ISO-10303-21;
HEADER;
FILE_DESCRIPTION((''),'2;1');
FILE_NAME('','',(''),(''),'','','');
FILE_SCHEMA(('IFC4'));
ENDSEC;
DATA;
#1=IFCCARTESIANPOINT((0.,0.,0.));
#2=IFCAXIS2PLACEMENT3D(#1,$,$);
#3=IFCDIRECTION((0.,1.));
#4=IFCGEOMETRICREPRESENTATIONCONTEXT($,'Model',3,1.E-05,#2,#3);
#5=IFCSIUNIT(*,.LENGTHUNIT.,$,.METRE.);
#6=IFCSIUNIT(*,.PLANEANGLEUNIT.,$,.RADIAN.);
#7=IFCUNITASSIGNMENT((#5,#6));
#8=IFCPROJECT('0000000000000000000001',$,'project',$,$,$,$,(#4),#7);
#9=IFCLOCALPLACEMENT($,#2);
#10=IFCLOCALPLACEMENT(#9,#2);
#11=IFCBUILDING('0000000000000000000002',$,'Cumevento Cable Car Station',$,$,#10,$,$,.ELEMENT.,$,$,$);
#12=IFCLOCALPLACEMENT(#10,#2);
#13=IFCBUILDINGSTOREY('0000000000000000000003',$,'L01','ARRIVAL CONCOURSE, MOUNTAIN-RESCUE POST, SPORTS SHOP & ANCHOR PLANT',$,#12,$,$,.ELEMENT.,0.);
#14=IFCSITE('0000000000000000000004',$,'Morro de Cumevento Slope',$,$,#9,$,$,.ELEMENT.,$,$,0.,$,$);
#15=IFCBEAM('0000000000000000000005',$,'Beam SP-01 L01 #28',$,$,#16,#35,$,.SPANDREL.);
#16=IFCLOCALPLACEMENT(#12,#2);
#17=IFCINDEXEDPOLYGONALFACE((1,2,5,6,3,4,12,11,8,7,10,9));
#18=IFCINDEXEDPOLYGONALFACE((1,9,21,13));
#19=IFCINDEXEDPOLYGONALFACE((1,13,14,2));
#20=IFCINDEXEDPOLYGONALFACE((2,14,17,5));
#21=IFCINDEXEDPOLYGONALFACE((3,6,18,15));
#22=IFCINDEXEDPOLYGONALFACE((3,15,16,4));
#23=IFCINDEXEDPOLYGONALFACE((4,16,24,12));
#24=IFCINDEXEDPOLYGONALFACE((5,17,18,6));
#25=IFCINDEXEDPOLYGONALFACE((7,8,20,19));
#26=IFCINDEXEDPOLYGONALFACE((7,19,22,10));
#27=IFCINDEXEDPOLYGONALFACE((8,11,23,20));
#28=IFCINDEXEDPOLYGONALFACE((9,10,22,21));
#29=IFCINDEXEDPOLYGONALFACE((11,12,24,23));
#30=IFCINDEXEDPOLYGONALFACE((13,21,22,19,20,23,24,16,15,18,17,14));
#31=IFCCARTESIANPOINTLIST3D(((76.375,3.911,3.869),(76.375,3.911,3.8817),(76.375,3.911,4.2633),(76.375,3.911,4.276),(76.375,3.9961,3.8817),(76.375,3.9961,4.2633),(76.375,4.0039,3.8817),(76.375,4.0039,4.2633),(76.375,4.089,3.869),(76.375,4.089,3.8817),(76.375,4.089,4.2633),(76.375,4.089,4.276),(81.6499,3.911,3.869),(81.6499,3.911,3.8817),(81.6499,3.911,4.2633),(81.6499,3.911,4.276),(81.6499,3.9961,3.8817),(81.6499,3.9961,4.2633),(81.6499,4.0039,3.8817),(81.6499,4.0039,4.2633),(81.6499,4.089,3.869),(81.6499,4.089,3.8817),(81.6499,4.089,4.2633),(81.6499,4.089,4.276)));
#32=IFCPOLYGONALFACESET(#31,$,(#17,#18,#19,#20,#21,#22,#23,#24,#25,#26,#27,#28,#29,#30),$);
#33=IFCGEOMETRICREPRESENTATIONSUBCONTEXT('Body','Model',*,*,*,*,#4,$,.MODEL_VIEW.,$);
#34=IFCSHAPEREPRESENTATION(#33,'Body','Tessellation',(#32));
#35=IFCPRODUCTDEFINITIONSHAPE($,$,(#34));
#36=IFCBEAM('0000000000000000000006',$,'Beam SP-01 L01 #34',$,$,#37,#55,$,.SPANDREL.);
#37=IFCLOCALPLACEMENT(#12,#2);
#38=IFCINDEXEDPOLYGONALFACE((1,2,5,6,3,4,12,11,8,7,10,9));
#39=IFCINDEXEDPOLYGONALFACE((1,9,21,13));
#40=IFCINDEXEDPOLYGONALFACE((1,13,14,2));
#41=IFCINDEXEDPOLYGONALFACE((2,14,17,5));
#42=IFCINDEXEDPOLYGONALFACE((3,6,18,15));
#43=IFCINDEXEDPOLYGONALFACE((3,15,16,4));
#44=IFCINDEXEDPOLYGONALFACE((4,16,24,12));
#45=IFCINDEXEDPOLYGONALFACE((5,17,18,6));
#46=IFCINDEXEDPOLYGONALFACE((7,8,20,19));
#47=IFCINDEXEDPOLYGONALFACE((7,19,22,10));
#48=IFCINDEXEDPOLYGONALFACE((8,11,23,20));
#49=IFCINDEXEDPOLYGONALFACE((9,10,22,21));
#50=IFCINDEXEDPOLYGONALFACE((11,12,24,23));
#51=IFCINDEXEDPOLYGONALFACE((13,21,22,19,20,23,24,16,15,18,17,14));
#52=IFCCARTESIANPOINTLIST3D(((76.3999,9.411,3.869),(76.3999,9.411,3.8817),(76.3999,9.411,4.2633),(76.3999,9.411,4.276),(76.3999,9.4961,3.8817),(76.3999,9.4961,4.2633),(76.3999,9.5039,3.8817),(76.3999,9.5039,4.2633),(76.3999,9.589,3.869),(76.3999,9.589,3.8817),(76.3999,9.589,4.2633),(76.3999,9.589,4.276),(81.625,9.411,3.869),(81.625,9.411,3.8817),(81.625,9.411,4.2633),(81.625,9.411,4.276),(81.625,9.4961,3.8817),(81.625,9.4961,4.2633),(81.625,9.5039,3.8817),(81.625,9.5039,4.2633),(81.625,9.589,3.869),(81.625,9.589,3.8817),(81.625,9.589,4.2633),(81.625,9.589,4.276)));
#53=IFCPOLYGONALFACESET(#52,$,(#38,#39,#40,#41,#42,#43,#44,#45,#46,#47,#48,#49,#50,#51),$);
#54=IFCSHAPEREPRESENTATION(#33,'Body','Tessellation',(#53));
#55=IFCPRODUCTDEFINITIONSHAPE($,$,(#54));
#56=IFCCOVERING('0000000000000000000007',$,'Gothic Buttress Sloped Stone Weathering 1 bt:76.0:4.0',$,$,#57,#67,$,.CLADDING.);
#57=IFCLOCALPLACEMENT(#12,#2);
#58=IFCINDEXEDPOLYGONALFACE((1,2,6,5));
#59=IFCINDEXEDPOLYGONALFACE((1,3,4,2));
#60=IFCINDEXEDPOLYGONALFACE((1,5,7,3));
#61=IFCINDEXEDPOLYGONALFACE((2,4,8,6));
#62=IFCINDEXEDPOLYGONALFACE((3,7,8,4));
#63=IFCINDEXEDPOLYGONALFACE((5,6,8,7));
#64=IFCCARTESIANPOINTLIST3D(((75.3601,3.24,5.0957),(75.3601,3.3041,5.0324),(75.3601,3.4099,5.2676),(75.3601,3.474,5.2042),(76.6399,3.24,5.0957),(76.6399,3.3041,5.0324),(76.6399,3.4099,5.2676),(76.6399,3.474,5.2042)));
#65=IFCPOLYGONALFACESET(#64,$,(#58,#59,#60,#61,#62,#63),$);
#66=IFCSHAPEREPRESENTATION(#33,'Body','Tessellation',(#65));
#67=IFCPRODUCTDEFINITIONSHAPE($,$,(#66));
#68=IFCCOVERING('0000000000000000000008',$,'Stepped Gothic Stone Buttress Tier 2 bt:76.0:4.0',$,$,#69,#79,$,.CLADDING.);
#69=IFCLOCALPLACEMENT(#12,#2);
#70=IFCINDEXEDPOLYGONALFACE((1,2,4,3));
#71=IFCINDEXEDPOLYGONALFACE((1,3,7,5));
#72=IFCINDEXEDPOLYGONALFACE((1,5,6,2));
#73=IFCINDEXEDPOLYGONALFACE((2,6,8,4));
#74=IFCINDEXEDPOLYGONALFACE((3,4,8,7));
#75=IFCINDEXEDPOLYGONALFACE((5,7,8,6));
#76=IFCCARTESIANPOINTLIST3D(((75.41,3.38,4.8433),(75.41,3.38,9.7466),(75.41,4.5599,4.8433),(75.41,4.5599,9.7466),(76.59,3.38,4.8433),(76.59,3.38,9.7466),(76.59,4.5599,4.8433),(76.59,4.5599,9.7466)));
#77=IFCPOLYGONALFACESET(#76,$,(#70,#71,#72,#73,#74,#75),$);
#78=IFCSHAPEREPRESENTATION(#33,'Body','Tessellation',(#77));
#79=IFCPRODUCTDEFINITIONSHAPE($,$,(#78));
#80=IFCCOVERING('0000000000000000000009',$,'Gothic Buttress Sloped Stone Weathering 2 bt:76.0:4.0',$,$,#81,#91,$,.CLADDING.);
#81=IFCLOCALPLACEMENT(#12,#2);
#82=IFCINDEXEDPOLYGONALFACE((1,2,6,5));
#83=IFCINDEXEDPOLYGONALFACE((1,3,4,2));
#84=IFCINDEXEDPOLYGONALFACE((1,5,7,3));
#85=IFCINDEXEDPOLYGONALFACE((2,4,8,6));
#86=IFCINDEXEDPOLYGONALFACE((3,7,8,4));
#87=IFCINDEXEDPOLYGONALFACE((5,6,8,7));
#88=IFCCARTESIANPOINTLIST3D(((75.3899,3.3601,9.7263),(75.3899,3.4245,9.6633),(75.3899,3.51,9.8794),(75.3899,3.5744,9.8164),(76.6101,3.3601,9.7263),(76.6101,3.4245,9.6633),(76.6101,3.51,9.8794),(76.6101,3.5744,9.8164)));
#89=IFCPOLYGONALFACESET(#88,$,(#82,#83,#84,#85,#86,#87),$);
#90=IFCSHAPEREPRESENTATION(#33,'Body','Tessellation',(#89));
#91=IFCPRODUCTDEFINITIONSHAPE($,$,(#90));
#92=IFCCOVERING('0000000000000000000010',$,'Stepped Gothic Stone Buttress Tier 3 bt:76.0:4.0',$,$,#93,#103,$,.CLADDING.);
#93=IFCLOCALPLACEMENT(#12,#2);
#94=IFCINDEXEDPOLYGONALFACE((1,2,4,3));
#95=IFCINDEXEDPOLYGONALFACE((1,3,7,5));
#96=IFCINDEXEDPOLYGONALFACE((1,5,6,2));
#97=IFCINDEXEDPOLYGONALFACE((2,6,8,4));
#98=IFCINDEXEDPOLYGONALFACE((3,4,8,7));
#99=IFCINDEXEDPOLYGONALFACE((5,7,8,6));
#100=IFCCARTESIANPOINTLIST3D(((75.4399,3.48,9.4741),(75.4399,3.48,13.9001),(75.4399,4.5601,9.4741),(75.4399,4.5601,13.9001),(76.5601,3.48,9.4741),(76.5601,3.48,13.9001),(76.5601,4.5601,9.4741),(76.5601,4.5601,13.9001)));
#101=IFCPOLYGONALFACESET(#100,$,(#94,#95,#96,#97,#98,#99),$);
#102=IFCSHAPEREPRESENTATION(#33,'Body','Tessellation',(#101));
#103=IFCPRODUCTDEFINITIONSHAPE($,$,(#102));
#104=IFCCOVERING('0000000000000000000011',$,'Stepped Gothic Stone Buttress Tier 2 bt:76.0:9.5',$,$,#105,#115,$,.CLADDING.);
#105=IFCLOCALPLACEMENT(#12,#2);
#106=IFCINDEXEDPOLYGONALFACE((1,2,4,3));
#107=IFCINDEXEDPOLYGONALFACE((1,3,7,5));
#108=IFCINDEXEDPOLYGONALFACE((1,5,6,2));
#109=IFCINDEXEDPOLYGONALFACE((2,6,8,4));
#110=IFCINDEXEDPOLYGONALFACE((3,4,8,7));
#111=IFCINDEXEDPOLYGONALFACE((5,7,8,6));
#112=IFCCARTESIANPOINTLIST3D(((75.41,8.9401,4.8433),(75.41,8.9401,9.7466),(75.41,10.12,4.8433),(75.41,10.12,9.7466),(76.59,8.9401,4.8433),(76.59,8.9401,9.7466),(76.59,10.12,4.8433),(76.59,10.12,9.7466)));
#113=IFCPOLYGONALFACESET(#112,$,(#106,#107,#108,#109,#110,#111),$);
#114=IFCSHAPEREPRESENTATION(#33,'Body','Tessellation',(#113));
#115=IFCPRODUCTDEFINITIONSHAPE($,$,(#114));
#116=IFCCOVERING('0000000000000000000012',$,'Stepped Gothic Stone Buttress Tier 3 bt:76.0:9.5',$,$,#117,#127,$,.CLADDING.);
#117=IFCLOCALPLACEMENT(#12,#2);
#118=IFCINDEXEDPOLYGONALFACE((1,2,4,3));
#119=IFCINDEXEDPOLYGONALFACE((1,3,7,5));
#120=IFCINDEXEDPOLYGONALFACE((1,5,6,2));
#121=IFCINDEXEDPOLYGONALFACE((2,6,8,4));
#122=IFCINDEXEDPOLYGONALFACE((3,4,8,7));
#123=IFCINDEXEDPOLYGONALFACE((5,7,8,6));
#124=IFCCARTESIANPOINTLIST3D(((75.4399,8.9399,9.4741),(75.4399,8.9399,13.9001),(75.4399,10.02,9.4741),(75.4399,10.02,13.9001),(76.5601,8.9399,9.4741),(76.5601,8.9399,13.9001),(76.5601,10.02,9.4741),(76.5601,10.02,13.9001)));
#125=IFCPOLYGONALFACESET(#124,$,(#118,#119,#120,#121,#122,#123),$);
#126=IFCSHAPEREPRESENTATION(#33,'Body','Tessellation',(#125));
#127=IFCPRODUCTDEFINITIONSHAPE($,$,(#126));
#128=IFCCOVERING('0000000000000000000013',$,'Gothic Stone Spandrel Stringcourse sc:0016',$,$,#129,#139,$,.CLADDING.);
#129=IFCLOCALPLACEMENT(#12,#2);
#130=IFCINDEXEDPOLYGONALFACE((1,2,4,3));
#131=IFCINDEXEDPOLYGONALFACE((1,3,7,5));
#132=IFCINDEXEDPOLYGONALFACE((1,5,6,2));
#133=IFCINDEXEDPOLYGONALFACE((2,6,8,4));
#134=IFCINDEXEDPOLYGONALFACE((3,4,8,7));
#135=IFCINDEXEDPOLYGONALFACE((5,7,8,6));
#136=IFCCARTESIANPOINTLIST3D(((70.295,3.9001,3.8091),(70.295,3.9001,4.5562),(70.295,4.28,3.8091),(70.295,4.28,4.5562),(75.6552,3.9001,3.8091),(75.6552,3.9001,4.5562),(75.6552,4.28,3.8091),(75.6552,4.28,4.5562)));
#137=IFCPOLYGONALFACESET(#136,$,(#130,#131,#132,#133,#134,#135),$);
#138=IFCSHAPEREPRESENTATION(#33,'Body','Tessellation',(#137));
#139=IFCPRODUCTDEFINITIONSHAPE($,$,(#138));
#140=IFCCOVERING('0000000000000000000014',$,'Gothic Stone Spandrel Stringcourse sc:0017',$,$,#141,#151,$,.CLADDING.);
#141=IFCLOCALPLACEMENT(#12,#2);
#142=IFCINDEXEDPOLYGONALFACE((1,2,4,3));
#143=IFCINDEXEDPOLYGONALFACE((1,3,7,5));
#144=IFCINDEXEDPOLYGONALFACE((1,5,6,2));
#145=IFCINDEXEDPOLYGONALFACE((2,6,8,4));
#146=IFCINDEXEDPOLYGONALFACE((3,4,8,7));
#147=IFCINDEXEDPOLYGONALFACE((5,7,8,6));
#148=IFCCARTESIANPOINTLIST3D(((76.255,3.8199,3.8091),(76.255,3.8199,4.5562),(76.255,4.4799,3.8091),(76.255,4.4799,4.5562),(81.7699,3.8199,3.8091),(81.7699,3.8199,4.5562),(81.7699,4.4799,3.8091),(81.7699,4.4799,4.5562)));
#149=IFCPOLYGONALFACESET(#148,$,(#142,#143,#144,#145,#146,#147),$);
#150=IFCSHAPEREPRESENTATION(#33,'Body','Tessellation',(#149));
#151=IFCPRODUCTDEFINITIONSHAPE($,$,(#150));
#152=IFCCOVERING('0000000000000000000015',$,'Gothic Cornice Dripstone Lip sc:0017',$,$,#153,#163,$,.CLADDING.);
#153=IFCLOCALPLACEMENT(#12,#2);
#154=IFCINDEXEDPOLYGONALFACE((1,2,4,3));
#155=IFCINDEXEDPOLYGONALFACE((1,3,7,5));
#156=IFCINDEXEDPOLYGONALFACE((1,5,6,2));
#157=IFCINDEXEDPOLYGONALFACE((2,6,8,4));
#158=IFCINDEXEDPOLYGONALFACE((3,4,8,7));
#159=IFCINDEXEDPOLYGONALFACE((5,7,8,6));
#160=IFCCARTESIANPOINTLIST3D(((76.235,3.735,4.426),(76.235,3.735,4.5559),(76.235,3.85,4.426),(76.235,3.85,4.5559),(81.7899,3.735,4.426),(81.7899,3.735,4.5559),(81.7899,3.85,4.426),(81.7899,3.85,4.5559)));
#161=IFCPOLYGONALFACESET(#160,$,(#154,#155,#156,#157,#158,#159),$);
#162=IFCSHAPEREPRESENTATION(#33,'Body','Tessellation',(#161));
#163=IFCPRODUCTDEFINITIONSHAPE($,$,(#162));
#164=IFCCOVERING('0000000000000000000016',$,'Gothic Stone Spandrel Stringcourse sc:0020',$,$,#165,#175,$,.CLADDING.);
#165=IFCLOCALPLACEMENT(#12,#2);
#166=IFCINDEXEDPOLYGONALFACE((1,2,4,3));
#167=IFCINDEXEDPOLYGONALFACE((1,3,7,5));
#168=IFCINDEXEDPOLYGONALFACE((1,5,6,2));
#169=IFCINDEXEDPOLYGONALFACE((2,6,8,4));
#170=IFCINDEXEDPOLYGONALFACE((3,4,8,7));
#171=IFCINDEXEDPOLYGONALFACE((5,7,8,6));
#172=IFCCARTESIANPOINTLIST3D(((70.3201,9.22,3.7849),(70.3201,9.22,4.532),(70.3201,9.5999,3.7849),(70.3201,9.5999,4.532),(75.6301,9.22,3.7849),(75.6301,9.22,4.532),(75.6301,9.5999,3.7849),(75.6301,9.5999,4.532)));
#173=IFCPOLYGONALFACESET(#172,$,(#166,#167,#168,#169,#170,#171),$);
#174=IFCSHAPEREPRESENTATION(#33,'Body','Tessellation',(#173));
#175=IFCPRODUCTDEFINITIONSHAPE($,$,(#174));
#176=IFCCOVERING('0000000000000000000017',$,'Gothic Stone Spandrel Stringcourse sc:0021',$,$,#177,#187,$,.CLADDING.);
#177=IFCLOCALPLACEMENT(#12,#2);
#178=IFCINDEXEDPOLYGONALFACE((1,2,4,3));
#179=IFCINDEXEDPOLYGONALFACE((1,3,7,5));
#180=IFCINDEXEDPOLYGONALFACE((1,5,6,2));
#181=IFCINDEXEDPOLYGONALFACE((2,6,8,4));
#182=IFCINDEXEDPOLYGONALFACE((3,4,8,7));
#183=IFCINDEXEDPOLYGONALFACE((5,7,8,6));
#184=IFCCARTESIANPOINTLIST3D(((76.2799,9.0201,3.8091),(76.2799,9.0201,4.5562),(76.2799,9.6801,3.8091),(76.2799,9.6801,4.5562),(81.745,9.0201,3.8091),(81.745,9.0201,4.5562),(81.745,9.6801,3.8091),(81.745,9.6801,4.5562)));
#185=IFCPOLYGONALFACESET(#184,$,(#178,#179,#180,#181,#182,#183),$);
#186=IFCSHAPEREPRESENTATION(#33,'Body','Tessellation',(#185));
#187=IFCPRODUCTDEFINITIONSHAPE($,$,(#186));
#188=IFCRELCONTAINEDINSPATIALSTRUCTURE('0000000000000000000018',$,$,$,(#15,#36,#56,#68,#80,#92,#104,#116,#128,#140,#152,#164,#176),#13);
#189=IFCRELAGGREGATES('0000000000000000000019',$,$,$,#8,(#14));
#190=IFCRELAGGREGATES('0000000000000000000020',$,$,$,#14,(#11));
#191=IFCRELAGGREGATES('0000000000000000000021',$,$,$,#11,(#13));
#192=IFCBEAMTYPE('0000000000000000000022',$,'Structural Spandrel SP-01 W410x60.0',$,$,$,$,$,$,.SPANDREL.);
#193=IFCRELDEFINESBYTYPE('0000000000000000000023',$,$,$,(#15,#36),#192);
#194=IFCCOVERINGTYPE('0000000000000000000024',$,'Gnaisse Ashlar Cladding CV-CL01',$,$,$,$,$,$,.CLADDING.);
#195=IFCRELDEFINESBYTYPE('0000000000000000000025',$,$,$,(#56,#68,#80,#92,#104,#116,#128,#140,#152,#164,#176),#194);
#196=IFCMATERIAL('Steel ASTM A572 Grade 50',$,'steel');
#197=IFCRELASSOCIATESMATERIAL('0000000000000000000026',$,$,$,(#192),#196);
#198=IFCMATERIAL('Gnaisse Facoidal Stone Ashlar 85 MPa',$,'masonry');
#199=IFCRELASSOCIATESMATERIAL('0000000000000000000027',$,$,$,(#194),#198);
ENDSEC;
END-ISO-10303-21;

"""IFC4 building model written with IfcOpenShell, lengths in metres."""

from ifc_helpers import new_model, si_unit, direction, frame, origin, origin_2d, place, context, subcontext, project, spatial, polyline, rectangle, i_section, outline, extrude, material, material_profile, profile_set, type_object, element, save


model = new_model("IFC4")

# Units and contexts
model_context = context("Model", 3, precision=1e-05, world=origin(), true_north=direction((0.0, 1.0)))
body_context = subcontext(model_context, "Body", "Model", "MODEL_VIEW")
ifc_project = project(units=[si_unit("LENGTHUNIT", "METRE"), si_unit("PLANEANGLEUNIT", "RADIAN")], contexts=[model_context])

# Site, building, storey
site_placement = place(None, origin())
site = spatial("IfcSite", under=ifc_project, at=site_placement, Name="Morro de Cumevento Slope", CompositionType="ELEMENT", RefElevation=0.0)
building_placement = place(site_placement, origin())
building = spatial("IfcBuilding", under=site, at=building_placement, Name="Cumevento Cable Car Station", CompositionType="ELEMENT")
storey_placement = place(building_placement, origin())
storey = spatial("IfcBuildingStorey", under=building, at=storey_placement, Name="L01", Description="ARRIVAL CONCOURSE, MOUNTAIN-RESCUE POST, SPORTS SHOP & ANCHOR PLANT", CompositionType="ELEMENT", Elevation=0.0)

# Beams
ifc_material_1 = material(Name="Steel ASTM A572 Grade 50", Category="steel")
ifc_material_profile_1 = material_profile(ifc_material_1, i_section(OverallWidth=0.178, OverallDepth=0.407, WebThickness=0.0078, FlangeThickness=0.0127, at=origin_2d()), Name="W410x60.0")
ifc_profile_set_1 = profile_set([ifc_material_profile_1], Name="Steel ASTM A572 Grade 50")
beam_type_1 = type_object("IfcBeamType", Name="Structural Spandrel SP-01 W410x60.0", PredefinedType="SPANDREL", material=ifc_profile_set_1)
beam_1_placement = place(storey_placement, frame((76.375, 4.0, 4.0725), z_axis=(1.0, 0.0, 0.0), x_axis=(0.0, 1.0, 0.0)))
element("IfcBeam", 1, at=beam_1_placement, inside=storey, type_object=beam_type_1, Name="Beam SP-01 L01 #28", PredefinedType="SPANDREL", context=body_context, shape_type="SweptSolid", body=[
    extrude(i_section(OverallWidth=0.178, OverallDepth=0.407, WebThickness=0.0078, FlangeThickness=0.0127, at=origin_2d()), origin(), (0.0, 0.0, 1.0), 5.2749),
])
beam_2_placement = place(storey_placement, frame((76.3999, 9.5, 4.0725), z_axis=(1.0, 0.0, 0.0), x_axis=(0.0, 1.0, 0.0)))
element("IfcBeam", 2, at=beam_2_placement, inside=storey, type_object=beam_type_1, Name="Beam SP-01 L01 #34", PredefinedType="SPANDREL", context=body_context, shape_type="SweptSolid", body=[
    extrude(i_section(OverallWidth=0.178, OverallDepth=0.407, WebThickness=0.0078, FlangeThickness=0.0127, at=origin_2d()), origin(), (0.0, 0.0, 1.0), 5.2251),
])

# Coverings
ifc_material_2 = material(Name="Gnaisse Facoidal Stone Ashlar 85 MPa", Category="masonry")
covering_type = type_object("IfcCoveringType", Name="Gnaisse Ashlar Cladding CV-CL01", PredefinedType="CLADDING", material=ifc_material_2)
covering_1_placement = place(storey_placement, frame((75.3601, 3.24, 5.0957), z_axis=(0.0, -0.711136, 0.703055), x_axis=(1.0, 0.0, 0.0)))
element("IfcCovering", 3, at=covering_1_placement, inside=storey, type_object=covering_type, Name="Gothic Buttress Sloped Stone Weathering 1 bt:76.0:4.0", PredefinedType="CLADDING", context=body_context, shape_type="SweptSolid", body=[
    extrude(outline(polyline([(0.0, 0.0), (1.2798, 0.0), (1.2798, 0.2417), (0.0, 0.2417), (0.0, 0.0)])), origin(), (0.0, 0.0, -1.0), 0.0901),
])
covering_2_placement = place(storey_placement, frame((76.0, 3.97, 4.8433), z_axis=(0.0, 0.0, 1.0), x_axis=(1.0, 0.0, 0.0)))
element("IfcCovering", 4, at=covering_2_placement, inside=storey, type_object=covering_type, Name="Stepped Gothic Stone Buttress Tier 2 bt:76.0:4.0", PredefinedType="CLADDING", context=body_context, shape_type="SweptSolid", body=[
    extrude(rectangle(XDim=1.1799, YDim=1.1799, at=origin_2d()), origin(), (0.0, 0.0, 1.0), 4.9033),
])
covering_3_placement = place(storey_placement, frame((75.3899, 3.3601, 9.7263), z_axis=(0.0, -0.714475, 0.699661), x_axis=(1.0, 0.0, 0.0)))
element("IfcCovering", 5, at=covering_3_placement, inside=storey, type_object=covering_type, Name="Gothic Buttress Sloped Stone Weathering 2 bt:76.0:4.0", PredefinedType="CLADDING", context=body_context, shape_type="SweptSolid", body=[
    extrude(outline(polyline([(0.0, 0.0), (1.2202, 0.0), (1.2202, 0.2142), (0.0, 0.2142), (0.0, 0.0)])), origin(), (0.0, 0.0, -1.0), 0.0901),
])
covering_4_placement = place(storey_placement, frame((76.0, 4.02, 9.4741), z_axis=(0.0, 0.0, 1.0), x_axis=(1.0, 0.0, 0.0)))
element("IfcCovering", 6, at=covering_4_placement, inside=storey, type_object=covering_type, Name="Stepped Gothic Stone Buttress Tier 3 bt:76.0:4.0", PredefinedType="CLADDING", context=body_context, shape_type="SweptSolid", body=[
    extrude(rectangle(XDim=1.1201, YDim=1.0801, at=origin_2d()), origin(), (0.0, 0.0, 1.0), 4.426),
])
covering_5_placement = place(storey_placement, frame((76.0, 9.53, 4.8433), z_axis=(0.0, 0.0, 1.0), x_axis=(-1.0, 0.0, 0.0)))
element("IfcCovering", 7, at=covering_5_placement, inside=storey, type_object=covering_type, Name="Stepped Gothic Stone Buttress Tier 2 bt:76.0:9.5", PredefinedType="CLADDING", context=body_context, shape_type="SweptSolid", body=[
    extrude(rectangle(XDim=1.1799, YDim=1.1799, at=origin_2d()), origin(), (0.0, 0.0, 1.0), 4.9033),
])
covering_6_placement = place(storey_placement, frame((76.0, 9.48, 9.4741), z_axis=(0.0, 0.0, 1.0), x_axis=(-1.0, 0.0, 0.0)))
element("IfcCovering", 8, at=covering_6_placement, inside=storey, type_object=covering_type, Name="Stepped Gothic Stone Buttress Tier 3 bt:76.0:9.5", PredefinedType="CLADDING", context=body_context, shape_type="SweptSolid", body=[
    extrude(rectangle(XDim=1.1201, YDim=1.0801, at=origin_2d()), origin(), (0.0, 0.0, 1.0), 4.426),
])
covering_7_placement = place(storey_placement, frame((72.9751, 4.0901, 3.8091), z_axis=(0.0, 0.0, 1.0), x_axis=(-1.0, 0.0, 0.0)))
element("IfcCovering", 9, at=covering_7_placement, inside=storey, type_object=covering_type, Name="Gothic Stone Spandrel Stringcourse sc:0016", PredefinedType="CLADDING", context=body_context, shape_type="SweptSolid", body=[
    extrude(rectangle(XDim=5.3601, YDim=0.3799, at=origin_2d()), origin(), (0.0, 0.0, 1.0), 0.7471),
])
covering_8_placement = place(storey_placement, frame((79.0125, 4.1499, 3.8091), z_axis=(0.0, 0.0, 1.0), x_axis=(-1.0, 0.0, 0.0)))
element("IfcCovering", 10, at=covering_8_placement, inside=storey, type_object=covering_type, Name="Gothic Stone Spandrel Stringcourse sc:0017", PredefinedType="CLADDING", context=body_context, shape_type="SweptSolid", body=[
    extrude(rectangle(XDim=5.5149, YDim=0.6599, at=origin_2d()), origin(), (0.0, 0.0, 1.0), 0.7471),
])
covering_9_placement = place(storey_placement, frame((79.0125, 3.7925, 4.426), z_axis=(0.0, 0.0, 1.0), x_axis=(-1.0, 0.0, 0.0)))
element("IfcCovering", 11, at=covering_9_placement, inside=storey, type_object=covering_type, Name="Gothic Cornice Dripstone Lip sc:0017", PredefinedType="CLADDING", context=body_context, shape_type="SweptSolid", body=[
    extrude(rectangle(XDim=5.5549, YDim=0.115, at=origin_2d()), origin(), (0.0, 0.0, 1.0), 0.1299),
])
covering_10_placement = place(storey_placement, frame((72.9751, 9.4099, 3.7849), z_axis=(0.0, 0.0, 1.0), x_axis=(1.0, 0.0, 0.0)))
element("IfcCovering", 12, at=covering_10_placement, inside=storey, type_object=covering_type, Name="Gothic Stone Spandrel Stringcourse sc:0020", PredefinedType="CLADDING", context=body_context, shape_type="SweptSolid", body=[
    extrude(rectangle(XDim=5.3101, YDim=0.3799, at=origin_2d()), origin(), (0.0, 0.0, 1.0), 0.7471),
])
covering_11_placement = place(storey_placement, frame((79.0125, 9.3501, 3.8091), z_axis=(0.0, 0.0, 1.0), x_axis=(1.0, 0.0, 0.0)))
element("IfcCovering", 13, at=covering_11_placement, inside=storey, type_object=covering_type, Name="Gothic Stone Spandrel Stringcourse sc:0021", PredefinedType="CLADDING", context=body_context, shape_type="SweptSolid", body=[
    extrude(rectangle(XDim=5.4651, YDim=0.6599, at=origin_2d()), origin(), (0.0, 0.0, 1.0), 0.7471),
])

save(model, "model.ifc")
